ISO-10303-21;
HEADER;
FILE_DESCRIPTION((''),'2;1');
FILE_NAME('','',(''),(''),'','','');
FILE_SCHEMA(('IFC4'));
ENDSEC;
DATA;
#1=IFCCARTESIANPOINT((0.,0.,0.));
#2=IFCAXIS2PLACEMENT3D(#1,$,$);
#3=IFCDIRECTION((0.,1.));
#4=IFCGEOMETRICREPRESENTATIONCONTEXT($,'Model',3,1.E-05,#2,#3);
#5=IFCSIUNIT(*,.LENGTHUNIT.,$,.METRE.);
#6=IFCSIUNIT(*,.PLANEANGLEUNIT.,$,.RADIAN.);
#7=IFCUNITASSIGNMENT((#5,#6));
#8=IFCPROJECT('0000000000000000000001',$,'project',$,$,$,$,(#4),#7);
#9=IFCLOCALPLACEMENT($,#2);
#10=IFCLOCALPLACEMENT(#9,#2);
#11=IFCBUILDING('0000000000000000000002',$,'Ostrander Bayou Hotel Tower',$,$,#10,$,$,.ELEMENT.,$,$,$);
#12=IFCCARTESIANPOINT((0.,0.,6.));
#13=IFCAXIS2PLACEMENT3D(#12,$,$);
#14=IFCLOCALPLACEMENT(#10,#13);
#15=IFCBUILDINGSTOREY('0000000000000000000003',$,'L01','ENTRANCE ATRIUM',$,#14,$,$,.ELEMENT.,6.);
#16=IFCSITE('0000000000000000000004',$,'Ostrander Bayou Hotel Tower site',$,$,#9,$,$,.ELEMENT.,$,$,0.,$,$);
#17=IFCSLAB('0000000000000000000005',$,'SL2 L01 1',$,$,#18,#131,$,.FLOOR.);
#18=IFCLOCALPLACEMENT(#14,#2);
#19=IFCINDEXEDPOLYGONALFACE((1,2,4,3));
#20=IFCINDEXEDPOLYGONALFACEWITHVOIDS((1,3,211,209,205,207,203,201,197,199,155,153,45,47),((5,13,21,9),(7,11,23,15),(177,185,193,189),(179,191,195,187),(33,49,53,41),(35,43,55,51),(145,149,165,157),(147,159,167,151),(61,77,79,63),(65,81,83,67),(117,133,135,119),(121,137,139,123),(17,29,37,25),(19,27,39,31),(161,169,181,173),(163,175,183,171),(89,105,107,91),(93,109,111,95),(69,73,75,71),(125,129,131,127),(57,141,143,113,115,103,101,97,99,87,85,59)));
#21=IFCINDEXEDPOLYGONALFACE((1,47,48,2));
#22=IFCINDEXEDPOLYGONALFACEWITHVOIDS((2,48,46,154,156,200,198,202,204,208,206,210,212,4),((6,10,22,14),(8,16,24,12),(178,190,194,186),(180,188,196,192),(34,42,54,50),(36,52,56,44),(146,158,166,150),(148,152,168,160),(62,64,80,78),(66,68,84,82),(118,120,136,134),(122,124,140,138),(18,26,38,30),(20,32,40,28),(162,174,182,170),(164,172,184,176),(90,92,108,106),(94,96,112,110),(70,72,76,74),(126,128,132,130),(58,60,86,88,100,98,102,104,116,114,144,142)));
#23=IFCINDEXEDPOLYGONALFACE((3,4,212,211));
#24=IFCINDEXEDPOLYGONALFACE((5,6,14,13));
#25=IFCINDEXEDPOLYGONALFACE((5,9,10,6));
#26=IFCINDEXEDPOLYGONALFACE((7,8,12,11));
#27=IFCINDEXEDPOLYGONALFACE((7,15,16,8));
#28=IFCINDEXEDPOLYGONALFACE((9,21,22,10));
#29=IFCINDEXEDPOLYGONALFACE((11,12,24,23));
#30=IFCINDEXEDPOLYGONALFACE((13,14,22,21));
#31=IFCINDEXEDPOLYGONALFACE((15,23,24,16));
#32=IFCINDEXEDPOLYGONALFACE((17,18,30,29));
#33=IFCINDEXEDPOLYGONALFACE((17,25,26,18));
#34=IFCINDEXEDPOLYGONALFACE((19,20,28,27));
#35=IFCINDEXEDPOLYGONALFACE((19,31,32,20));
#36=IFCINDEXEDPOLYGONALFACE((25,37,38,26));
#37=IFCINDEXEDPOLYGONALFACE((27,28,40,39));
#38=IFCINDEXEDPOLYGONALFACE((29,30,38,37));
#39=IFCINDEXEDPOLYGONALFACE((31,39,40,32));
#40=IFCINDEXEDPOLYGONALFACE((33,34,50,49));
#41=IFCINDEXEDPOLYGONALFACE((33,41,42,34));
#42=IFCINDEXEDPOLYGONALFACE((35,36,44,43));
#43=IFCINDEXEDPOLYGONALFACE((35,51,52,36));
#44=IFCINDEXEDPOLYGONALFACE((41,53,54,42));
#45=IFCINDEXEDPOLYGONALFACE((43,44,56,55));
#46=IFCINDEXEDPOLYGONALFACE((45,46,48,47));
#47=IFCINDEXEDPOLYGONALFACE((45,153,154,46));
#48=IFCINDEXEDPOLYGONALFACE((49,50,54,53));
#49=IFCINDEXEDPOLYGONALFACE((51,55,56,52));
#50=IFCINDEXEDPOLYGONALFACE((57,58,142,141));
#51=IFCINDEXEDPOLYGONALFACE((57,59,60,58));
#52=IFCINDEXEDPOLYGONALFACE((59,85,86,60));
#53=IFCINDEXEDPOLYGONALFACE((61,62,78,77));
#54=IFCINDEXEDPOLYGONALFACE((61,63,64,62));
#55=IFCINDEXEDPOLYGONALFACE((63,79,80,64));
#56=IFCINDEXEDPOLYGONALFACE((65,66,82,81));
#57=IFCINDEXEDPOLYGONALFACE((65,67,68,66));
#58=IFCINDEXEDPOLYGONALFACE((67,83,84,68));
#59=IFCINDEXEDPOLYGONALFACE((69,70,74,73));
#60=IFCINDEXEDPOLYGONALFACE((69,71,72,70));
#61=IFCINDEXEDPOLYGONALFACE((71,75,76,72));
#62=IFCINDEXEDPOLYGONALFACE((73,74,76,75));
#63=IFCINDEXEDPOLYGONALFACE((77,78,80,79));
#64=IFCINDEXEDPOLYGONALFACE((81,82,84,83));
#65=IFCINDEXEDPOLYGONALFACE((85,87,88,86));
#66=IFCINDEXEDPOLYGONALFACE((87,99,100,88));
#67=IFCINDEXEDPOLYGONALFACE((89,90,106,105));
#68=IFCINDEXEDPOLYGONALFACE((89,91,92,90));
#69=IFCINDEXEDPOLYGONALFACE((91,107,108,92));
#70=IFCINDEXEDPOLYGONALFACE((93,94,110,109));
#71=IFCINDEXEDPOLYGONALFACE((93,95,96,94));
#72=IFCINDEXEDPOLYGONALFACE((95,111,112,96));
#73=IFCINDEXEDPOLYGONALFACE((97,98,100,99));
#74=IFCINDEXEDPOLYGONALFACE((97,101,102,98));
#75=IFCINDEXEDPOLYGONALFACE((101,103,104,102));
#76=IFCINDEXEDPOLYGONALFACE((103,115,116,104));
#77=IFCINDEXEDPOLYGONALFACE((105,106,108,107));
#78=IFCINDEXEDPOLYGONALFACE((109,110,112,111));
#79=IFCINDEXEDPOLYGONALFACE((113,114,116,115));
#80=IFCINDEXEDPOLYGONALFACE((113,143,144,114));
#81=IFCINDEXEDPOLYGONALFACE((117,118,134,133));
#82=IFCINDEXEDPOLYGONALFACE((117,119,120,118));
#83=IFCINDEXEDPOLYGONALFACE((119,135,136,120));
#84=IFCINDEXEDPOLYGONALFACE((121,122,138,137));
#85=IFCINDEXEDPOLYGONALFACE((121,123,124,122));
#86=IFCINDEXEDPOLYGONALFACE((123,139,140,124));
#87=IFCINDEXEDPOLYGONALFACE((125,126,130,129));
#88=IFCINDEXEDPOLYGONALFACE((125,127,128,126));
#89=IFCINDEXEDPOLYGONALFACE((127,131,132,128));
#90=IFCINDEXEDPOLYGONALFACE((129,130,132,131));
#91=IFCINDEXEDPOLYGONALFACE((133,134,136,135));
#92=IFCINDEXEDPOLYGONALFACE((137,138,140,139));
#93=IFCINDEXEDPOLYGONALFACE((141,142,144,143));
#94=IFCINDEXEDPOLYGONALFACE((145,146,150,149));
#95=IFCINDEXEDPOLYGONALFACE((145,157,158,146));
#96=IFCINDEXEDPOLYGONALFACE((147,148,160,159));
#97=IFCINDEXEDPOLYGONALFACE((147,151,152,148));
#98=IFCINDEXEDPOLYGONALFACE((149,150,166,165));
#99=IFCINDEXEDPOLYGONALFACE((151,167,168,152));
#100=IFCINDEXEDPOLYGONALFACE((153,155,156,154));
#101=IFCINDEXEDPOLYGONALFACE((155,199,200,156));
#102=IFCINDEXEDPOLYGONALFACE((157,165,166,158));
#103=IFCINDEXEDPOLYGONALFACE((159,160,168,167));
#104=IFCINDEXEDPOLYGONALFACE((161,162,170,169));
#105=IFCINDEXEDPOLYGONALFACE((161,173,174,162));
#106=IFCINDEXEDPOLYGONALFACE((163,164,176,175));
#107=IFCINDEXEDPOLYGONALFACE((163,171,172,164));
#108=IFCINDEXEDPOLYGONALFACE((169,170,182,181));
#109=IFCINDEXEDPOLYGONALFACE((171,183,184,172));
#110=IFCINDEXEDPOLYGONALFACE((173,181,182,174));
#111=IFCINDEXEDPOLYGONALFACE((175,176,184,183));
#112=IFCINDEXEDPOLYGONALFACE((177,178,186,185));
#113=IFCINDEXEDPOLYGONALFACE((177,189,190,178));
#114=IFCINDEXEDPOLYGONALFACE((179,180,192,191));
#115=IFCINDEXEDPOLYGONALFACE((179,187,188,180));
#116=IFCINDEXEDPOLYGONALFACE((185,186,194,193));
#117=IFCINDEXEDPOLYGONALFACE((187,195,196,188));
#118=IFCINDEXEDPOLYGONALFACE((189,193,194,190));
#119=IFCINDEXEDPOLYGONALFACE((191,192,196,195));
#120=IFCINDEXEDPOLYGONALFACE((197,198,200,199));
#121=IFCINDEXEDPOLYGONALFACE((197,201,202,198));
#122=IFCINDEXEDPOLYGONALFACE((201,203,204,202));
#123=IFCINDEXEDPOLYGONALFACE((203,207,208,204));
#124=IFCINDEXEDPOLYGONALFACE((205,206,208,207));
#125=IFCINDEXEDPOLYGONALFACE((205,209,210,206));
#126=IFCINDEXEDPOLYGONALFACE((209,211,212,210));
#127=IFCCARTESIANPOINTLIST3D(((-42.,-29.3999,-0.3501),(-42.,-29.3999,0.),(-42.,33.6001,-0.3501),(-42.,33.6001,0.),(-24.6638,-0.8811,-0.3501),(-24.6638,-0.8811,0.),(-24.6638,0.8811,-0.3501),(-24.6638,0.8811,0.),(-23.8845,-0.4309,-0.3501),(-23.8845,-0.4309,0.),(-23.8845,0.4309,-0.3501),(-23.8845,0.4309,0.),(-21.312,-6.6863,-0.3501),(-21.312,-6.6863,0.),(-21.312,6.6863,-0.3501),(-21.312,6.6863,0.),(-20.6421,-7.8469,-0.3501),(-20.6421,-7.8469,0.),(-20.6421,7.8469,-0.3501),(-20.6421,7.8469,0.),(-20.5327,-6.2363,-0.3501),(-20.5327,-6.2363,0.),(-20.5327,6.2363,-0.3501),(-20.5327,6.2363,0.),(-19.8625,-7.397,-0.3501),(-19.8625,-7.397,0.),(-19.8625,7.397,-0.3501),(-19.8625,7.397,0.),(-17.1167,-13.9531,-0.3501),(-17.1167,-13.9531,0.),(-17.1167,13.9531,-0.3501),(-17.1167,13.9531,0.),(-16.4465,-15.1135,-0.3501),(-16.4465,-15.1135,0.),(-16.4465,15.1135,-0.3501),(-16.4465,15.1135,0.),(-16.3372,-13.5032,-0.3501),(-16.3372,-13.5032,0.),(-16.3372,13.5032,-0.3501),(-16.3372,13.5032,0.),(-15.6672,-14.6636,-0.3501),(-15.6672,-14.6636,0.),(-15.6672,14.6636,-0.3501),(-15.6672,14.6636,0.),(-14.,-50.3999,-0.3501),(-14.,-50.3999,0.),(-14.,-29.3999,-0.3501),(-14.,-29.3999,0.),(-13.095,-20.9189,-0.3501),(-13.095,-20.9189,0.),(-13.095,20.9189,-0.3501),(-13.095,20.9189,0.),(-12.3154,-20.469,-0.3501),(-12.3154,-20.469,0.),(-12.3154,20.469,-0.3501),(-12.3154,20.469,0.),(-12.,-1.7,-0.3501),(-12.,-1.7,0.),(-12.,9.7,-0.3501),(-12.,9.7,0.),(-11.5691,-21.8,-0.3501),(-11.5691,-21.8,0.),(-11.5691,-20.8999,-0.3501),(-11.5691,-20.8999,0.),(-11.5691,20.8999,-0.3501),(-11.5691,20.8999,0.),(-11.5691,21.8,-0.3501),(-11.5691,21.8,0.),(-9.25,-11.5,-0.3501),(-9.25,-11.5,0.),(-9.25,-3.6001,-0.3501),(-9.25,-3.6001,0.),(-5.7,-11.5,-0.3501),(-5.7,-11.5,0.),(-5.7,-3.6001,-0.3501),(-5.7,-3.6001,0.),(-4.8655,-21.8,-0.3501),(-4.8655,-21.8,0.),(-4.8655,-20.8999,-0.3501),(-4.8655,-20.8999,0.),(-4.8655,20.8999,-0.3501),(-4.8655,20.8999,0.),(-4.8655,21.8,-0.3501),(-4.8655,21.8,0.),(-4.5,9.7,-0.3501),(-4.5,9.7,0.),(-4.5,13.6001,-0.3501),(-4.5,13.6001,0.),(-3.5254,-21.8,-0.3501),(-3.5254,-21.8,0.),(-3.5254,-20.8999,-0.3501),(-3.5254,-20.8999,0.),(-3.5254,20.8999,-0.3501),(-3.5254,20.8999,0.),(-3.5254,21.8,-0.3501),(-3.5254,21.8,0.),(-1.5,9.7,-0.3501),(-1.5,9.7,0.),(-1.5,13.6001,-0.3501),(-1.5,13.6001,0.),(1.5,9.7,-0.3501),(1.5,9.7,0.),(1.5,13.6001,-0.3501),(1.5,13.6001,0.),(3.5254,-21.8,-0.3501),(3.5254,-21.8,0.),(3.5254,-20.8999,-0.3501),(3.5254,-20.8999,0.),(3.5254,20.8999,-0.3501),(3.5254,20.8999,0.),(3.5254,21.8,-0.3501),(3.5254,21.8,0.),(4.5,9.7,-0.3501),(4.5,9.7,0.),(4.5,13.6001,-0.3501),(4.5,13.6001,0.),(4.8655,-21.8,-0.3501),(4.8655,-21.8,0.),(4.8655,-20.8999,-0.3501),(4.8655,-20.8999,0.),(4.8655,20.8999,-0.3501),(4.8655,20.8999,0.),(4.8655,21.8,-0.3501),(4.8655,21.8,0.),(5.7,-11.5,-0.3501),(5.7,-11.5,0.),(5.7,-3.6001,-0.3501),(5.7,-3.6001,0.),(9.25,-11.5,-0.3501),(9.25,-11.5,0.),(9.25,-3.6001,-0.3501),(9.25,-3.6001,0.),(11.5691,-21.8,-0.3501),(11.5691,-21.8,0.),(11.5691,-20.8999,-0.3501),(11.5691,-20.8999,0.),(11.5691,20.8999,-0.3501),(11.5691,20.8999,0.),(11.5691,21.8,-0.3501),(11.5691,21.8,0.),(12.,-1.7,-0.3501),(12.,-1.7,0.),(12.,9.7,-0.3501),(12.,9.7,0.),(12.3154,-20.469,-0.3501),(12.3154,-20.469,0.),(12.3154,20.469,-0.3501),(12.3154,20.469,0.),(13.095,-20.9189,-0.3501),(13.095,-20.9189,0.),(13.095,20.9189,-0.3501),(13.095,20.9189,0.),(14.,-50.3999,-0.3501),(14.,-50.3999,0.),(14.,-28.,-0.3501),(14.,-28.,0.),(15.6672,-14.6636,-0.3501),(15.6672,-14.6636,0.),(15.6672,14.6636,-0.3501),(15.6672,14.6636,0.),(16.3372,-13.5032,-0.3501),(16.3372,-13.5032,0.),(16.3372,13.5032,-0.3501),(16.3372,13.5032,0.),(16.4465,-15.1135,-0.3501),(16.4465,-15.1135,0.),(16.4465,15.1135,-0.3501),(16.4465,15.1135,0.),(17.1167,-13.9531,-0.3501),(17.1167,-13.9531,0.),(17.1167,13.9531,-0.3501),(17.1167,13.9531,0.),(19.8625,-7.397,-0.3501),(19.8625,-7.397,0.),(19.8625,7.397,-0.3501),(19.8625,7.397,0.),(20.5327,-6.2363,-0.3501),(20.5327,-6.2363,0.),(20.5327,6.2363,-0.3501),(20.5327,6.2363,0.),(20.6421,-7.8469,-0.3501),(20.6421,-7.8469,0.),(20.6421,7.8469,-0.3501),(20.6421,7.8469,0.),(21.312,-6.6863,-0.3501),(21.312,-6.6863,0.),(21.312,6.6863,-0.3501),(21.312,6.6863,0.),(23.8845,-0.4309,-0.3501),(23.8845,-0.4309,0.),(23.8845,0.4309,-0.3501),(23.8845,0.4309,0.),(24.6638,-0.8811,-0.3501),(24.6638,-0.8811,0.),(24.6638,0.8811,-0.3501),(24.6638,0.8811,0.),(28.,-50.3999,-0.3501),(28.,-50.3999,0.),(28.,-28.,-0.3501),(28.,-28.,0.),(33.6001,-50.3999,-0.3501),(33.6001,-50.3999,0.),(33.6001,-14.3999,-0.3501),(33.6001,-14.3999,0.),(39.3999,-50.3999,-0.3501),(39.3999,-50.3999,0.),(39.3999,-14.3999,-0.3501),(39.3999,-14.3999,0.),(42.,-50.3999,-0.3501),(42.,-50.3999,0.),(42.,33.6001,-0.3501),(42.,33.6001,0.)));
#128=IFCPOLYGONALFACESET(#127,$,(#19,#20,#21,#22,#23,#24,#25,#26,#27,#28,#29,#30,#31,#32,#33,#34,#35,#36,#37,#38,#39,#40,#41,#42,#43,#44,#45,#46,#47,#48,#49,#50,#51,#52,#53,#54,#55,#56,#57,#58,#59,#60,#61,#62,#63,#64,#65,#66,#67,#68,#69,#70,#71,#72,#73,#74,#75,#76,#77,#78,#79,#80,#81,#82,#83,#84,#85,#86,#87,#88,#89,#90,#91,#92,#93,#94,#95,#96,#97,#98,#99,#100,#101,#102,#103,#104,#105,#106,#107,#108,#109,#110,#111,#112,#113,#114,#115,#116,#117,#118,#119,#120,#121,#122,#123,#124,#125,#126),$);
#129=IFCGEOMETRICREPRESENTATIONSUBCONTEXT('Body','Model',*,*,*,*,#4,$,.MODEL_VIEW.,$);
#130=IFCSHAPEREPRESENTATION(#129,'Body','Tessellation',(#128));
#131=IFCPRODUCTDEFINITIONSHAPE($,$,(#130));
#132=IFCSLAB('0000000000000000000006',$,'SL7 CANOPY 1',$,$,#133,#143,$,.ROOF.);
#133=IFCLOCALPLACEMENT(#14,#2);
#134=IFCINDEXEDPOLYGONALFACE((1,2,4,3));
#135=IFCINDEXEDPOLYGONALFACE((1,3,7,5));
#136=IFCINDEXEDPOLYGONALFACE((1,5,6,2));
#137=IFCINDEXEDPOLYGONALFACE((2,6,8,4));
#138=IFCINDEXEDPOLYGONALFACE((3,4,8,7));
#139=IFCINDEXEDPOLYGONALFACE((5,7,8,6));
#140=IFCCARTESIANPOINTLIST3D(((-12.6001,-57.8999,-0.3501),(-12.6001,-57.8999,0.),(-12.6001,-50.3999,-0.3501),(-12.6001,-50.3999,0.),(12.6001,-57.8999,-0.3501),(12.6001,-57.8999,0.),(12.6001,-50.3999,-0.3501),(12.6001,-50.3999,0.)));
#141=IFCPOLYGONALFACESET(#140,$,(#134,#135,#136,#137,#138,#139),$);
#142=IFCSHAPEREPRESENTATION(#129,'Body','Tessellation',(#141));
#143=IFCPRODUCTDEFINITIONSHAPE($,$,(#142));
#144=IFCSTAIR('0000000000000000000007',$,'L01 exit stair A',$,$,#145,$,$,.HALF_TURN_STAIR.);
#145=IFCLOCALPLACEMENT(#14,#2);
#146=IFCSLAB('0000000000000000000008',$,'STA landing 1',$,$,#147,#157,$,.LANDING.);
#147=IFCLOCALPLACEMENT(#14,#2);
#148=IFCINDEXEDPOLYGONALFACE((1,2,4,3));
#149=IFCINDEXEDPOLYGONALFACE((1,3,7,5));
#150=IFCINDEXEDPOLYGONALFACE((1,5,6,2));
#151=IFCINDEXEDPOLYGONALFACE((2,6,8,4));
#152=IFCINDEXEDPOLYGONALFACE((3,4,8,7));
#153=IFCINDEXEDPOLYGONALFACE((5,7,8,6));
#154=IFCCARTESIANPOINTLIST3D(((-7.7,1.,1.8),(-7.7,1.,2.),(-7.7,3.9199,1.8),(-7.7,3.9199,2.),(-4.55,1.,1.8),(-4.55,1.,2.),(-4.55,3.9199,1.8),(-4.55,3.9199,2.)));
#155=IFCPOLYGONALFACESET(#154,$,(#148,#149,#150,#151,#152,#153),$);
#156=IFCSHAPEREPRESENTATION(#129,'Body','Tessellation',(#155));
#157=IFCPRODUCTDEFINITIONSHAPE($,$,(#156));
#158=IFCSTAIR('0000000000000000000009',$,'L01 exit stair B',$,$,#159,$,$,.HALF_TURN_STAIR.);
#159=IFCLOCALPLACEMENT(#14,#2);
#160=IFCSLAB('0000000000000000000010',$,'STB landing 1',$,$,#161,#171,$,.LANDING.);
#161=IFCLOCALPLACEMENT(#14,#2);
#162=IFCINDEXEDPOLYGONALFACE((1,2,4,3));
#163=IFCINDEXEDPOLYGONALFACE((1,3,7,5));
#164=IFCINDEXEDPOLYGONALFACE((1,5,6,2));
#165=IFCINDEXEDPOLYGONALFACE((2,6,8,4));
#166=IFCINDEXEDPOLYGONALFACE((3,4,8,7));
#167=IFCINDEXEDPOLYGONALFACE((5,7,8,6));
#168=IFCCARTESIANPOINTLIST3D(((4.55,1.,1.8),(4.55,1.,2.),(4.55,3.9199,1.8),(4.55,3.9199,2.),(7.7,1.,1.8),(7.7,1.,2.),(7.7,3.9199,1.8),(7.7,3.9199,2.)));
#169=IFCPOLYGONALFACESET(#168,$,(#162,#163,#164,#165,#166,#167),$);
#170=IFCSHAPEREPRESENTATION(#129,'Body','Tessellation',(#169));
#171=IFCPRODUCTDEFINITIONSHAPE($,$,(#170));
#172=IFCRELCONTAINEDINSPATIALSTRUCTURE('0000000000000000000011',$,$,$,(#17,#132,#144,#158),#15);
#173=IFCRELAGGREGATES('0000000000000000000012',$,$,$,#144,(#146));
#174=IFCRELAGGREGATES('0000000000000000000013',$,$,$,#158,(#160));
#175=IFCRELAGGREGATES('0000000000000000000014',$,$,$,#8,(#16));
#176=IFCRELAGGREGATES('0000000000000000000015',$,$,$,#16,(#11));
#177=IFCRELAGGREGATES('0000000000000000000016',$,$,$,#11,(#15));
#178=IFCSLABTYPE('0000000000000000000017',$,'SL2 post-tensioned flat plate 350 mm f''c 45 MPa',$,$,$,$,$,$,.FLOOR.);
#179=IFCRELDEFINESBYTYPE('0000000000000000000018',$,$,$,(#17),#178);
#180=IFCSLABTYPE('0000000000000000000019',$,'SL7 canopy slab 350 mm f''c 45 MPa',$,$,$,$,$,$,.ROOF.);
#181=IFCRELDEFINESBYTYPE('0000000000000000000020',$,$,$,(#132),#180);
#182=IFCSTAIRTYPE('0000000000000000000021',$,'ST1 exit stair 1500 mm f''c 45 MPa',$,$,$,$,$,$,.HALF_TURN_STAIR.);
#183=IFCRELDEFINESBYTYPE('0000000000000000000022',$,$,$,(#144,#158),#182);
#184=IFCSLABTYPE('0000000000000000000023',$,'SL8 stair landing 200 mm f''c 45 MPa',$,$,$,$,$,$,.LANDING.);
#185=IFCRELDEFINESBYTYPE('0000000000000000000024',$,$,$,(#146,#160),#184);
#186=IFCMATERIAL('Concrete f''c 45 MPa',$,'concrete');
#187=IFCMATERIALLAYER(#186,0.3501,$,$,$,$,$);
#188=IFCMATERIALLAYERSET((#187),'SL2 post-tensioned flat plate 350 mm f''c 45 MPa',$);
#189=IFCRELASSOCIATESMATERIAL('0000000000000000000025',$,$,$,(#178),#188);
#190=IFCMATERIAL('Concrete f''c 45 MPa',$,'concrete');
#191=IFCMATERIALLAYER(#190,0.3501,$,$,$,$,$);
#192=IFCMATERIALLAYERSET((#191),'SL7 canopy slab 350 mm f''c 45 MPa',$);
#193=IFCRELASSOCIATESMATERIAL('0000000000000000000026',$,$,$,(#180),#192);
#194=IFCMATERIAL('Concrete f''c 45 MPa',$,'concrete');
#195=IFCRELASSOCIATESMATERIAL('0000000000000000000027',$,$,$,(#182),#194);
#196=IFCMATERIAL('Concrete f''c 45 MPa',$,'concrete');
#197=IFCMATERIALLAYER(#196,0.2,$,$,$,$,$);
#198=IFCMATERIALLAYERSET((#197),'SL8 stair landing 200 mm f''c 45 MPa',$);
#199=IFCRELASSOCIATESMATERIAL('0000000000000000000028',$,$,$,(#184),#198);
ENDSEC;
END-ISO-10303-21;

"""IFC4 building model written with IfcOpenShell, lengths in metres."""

from ifc_helpers import new_model, si_unit, direction, frame, origin, place, context, subcontext, project, spatial, polyline, outline, extrude, material, layer, layer_set, type_object, element, aggregate, save


model = new_model("IFC4")

# Units and contexts
model_context = context("Model", 3, precision=1e-05, world=origin(), true_north=direction((0.0, 1.0)))
body_context = subcontext(model_context, "Body", "Model", "MODEL_VIEW")
ifc_project = project(units=[si_unit("LENGTHUNIT", "METRE"), si_unit("PLANEANGLEUNIT", "RADIAN")], contexts=[model_context])

# Site, building, storey
site_placement = place(None, origin())
site = spatial("IfcSite", under=ifc_project, at=site_placement, Name="Ostrander Bayou Hotel Tower site", CompositionType="ELEMENT", RefElevation=0.0)
building_placement = place(site_placement, origin())
building = spatial("IfcBuilding", under=site, at=building_placement, Name="Ostrander Bayou Hotel Tower", CompositionType="ELEMENT")
storey_placement = place(building_placement, frame((0.0, 0.0, 6.0)))
storey = spatial("IfcBuildingStorey", under=building, at=storey_placement, Name="L01", Description="ENTRANCE ATRIUM", CompositionType="ELEMENT", Elevation=6.0)

# Slabs
ifc_material_1 = material(Name="Concrete f'c 45 MPa", Category="concrete")
ifc_layer_1 = layer(ifc_material_1, 0.3501)
ifc_layer_set_1 = layer_set([ifc_layer_1], Name="SL2 post-tensioned flat plate 350 mm f'c 45 MPa")
slab_type_1 = type_object("IfcSlabType", Name="SL2 post-tensioned flat plate 350 mm f'c 45 MPa", PredefinedType="FLOOR", material=ifc_layer_set_1)
slab_1_placement = place(storey_placement, frame((0.0, 0.0, -0.3501)))
element("IfcSlab", 1, at=slab_1_placement, inside=storey, type_object=slab_type_1, Name="SL2 L01 1", PredefinedType="FLOOR", context=body_context, shape_type="SweptSolid", body=[
    extrude(outline(polyline([(42.0, -50.3999), (39.3999, -50.3999), (39.3999, -14.3999), (33.6001, -14.3999), (33.6001, -50.3999), (28.0, -50.3999), (28.0, -28.0), (14.0, -28.0), (14.0, -50.3999), (-14.0, -50.3999), (-14.0, -29.3999), (-42.0, -29.3999), (-42.0, 33.6001), (42.0, 33.6001), (42.0, -50.3999)]), holes=[polyline([(23.8845, 0.4309), (24.6638, 0.8811), (21.312, 6.6863), (20.5327, 6.2363), (23.8845, 0.4309)]), polyline([(20.5327, -6.2363), (21.312, -6.6863), (24.6638, -0.8811), (23.8845, -0.4309), (20.5327, -6.2363)]), polyline([(19.8625, 7.397), (20.6421, 7.8469), (17.1167, 13.9531), (16.3372, 13.5032), (19.8625, 7.397)]), polyline([(16.3372, -13.5032), (17.1167, -13.9531), (20.6421, -7.8469), (19.8625, -7.397), (16.3372, -13.5032)]), polyline([(15.6672, 14.6636), (16.4465, 15.1135), (13.095, 20.9189), (12.3154, 20.469), (15.6672, 14.6636)]), polyline([(12.3154, -20.469), (13.095, -20.9189), (16.4465, -15.1135), (15.6672, -14.6636), (12.3154, -20.469)]), polyline([(12.0, -1.7), (12.0, 9.7), (4.5, 9.7), (4.5, 13.6001), (1.5, 13.6001), (1.5, 9.7), (-1.5, 9.7), (-1.5, 13.6001), (-4.5, 13.6001), (-4.5, 9.7), (-12.0, 9.7), (-12.0, -1.7), (12.0, -1.7)]), polyline([(4.8655, 20.8999), (11.5691, 20.8999), (11.5691, 21.8), (4.8655, 21.8), (4.8655, 20.8999)]), polyline([(4.8655, -20.8999), (4.8655, -21.8), (11.5691, -21.8), (11.5691, -20.8999), (4.8655, -20.8999)]), polyline([(5.7, -3.6001), (5.7, -11.5), (9.25, -11.5), (9.25, -3.6001), (5.7, -3.6001)]), polyline([(-3.5254, 20.8999), (3.5254, 20.8999), (3.5254, 21.8), (-3.5254, 21.8), (-3.5254, 20.8999)]), polyline([(-3.5254, -20.8999), (-3.5254, -21.8), (3.5254, -21.8), (3.5254, -20.8999), (-3.5254, -20.8999)]), polyline([(-11.5691, 20.8999), (-4.8655, 20.8999), (-4.8655, 21.8), (-11.5691, 21.8), (-11.5691, 20.8999)]), polyline([(-11.5691, -20.8999), (-11.5691, -21.8), (-4.8655, -21.8), (-4.8655, -20.8999), (-11.5691, -20.8999)]), polyline([(-9.25, -3.6001), (-9.25, -11.5), (-5.7, -11.5), (-5.7, -3.6001), (-9.25, -3.6001)]), polyline([(-15.6672, -14.6636), (-16.4465, -15.1135), (-13.095, -20.9189), (-12.3154, -20.469), (-15.6672, -14.6636)]), polyline([(-15.6672, 14.6636), (-12.3154, 20.469), (-13.095, 20.9189), (-16.4465, 15.1135), (-15.6672, 14.6636)]), polyline([(-19.8625, -7.397), (-20.6421, -7.8469), (-17.1167, -13.9531), (-16.3372, -13.5032), (-19.8625, -7.397)]), polyline([(-16.3372, 13.5032), (-17.1167, 13.9531), (-20.6421, 7.8469), (-19.8625, 7.397), (-16.3372, 13.5032)]), polyline([(-23.8845, -0.4309), (-24.6638, -0.8811), (-21.312, -6.6863), (-20.5327, -6.2363), (-23.8845, -0.4309)]), polyline([(-20.5327, 6.2363), (-21.312, 6.6863), (-24.6638, 0.8811), (-23.8845, 0.4309), (-20.5327, 6.2363)])]), origin(), (0.0, 0.0, 1.0), 0.3501),
])
ifc_material_2 = material(Name="Concrete f'c 45 MPa", Category="concrete")
ifc_layer_2 = layer(ifc_material_2, 0.3501)
ifc_layer_set_2 = layer_set([ifc_layer_2], Name="SL7 canopy slab 350 mm f'c 45 MPa")
slab_type_2 = type_object("IfcSlabType", Name="SL7 canopy slab 350 mm f'c 45 MPa", PredefinedType="ROOF", material=ifc_layer_set_2)
slab_2_placement = place(storey_placement, frame((0.0, 0.0, -0.3501)))
element("IfcSlab", 2, at=slab_2_placement, inside=storey, type_object=slab_type_2, Name="SL7 CANOPY 1", PredefinedType="ROOF", context=body_context, shape_type="SweptSolid", body=[
    extrude(outline(polyline([(12.6001, -57.8999), (-12.6001, -57.8999), (-12.6001, -50.3999), (12.6001, -50.3999), (12.6001, -57.8999)])), origin(), (0.0, 0.0, 1.0), 0.3501),
])

# Stairs, slabs
ifc_material_3 = material(Name="Concrete f'c 45 MPa", Category="concrete")
stair_type_1 = type_object("IfcStairType", Name="ST1 exit stair 1500 mm f'c 45 MPa", PredefinedType="HALF_TURN_STAIR", material=ifc_material_3)
stair_1_placement = place(storey_placement, origin())
stair_1 = element("IfcStair", 3, at=stair_1_placement, inside=storey, type_object=stair_type_1, Name="L01 exit stair A", PredefinedType="HALF_TURN_STAIR")
ifc_material_4 = material(Name="Concrete f'c 45 MPa", Category="concrete")
ifc_layer_3 = layer(ifc_material_4, 0.2)
ifc_layer_set_3 = layer_set([ifc_layer_3], Name="SL8 stair landing 200 mm f'c 45 MPa")
slab_type_3 = type_object("IfcSlabType", Name="SL8 stair landing 200 mm f'c 45 MPa", PredefinedType="LANDING", material=ifc_layer_set_3)
slab_3_placement = place(storey_placement, frame((0.0, 0.0, 1.8)))
slab_3 = element("IfcSlab", 4, at=slab_3_placement, type_object=slab_type_3, Name="STA landing 1", PredefinedType="LANDING", context=body_context, shape_type="SweptSolid", body=[
    extrude(outline(polyline([(-7.7, 3.9199), (-7.7, 1.0), (-4.55, 1.0), (-4.55, 3.9199), (-7.7, 3.9199)])), origin(), (0.0, 0.0, 1.0), 0.2),
])
aggregate(stair_1, [slab_3])
stair_2_placement = place(storey_placement, origin())
stair_2 = element("IfcStair", 5, at=stair_2_placement, inside=storey, type_object=stair_type_1, Name="L01 exit stair B", PredefinedType="HALF_TURN_STAIR")
slab_4_placement = place(storey_placement, frame((0.0, 0.0, 1.8)))
slab_4 = element("IfcSlab", 6, at=slab_4_placement, type_object=slab_type_3, Name="STB landing 1", PredefinedType="LANDING", context=body_context, shape_type="SweptSolid", body=[
    extrude(outline(polyline([(4.55, 3.9199), (4.55, 1.0), (7.7, 1.0), (7.7, 3.9199), (4.55, 3.9199)])), origin(), (0.0, 0.0, 1.0), 0.2),
])
aggregate(stair_2, [slab_4])

save(model, "model.ifc")
